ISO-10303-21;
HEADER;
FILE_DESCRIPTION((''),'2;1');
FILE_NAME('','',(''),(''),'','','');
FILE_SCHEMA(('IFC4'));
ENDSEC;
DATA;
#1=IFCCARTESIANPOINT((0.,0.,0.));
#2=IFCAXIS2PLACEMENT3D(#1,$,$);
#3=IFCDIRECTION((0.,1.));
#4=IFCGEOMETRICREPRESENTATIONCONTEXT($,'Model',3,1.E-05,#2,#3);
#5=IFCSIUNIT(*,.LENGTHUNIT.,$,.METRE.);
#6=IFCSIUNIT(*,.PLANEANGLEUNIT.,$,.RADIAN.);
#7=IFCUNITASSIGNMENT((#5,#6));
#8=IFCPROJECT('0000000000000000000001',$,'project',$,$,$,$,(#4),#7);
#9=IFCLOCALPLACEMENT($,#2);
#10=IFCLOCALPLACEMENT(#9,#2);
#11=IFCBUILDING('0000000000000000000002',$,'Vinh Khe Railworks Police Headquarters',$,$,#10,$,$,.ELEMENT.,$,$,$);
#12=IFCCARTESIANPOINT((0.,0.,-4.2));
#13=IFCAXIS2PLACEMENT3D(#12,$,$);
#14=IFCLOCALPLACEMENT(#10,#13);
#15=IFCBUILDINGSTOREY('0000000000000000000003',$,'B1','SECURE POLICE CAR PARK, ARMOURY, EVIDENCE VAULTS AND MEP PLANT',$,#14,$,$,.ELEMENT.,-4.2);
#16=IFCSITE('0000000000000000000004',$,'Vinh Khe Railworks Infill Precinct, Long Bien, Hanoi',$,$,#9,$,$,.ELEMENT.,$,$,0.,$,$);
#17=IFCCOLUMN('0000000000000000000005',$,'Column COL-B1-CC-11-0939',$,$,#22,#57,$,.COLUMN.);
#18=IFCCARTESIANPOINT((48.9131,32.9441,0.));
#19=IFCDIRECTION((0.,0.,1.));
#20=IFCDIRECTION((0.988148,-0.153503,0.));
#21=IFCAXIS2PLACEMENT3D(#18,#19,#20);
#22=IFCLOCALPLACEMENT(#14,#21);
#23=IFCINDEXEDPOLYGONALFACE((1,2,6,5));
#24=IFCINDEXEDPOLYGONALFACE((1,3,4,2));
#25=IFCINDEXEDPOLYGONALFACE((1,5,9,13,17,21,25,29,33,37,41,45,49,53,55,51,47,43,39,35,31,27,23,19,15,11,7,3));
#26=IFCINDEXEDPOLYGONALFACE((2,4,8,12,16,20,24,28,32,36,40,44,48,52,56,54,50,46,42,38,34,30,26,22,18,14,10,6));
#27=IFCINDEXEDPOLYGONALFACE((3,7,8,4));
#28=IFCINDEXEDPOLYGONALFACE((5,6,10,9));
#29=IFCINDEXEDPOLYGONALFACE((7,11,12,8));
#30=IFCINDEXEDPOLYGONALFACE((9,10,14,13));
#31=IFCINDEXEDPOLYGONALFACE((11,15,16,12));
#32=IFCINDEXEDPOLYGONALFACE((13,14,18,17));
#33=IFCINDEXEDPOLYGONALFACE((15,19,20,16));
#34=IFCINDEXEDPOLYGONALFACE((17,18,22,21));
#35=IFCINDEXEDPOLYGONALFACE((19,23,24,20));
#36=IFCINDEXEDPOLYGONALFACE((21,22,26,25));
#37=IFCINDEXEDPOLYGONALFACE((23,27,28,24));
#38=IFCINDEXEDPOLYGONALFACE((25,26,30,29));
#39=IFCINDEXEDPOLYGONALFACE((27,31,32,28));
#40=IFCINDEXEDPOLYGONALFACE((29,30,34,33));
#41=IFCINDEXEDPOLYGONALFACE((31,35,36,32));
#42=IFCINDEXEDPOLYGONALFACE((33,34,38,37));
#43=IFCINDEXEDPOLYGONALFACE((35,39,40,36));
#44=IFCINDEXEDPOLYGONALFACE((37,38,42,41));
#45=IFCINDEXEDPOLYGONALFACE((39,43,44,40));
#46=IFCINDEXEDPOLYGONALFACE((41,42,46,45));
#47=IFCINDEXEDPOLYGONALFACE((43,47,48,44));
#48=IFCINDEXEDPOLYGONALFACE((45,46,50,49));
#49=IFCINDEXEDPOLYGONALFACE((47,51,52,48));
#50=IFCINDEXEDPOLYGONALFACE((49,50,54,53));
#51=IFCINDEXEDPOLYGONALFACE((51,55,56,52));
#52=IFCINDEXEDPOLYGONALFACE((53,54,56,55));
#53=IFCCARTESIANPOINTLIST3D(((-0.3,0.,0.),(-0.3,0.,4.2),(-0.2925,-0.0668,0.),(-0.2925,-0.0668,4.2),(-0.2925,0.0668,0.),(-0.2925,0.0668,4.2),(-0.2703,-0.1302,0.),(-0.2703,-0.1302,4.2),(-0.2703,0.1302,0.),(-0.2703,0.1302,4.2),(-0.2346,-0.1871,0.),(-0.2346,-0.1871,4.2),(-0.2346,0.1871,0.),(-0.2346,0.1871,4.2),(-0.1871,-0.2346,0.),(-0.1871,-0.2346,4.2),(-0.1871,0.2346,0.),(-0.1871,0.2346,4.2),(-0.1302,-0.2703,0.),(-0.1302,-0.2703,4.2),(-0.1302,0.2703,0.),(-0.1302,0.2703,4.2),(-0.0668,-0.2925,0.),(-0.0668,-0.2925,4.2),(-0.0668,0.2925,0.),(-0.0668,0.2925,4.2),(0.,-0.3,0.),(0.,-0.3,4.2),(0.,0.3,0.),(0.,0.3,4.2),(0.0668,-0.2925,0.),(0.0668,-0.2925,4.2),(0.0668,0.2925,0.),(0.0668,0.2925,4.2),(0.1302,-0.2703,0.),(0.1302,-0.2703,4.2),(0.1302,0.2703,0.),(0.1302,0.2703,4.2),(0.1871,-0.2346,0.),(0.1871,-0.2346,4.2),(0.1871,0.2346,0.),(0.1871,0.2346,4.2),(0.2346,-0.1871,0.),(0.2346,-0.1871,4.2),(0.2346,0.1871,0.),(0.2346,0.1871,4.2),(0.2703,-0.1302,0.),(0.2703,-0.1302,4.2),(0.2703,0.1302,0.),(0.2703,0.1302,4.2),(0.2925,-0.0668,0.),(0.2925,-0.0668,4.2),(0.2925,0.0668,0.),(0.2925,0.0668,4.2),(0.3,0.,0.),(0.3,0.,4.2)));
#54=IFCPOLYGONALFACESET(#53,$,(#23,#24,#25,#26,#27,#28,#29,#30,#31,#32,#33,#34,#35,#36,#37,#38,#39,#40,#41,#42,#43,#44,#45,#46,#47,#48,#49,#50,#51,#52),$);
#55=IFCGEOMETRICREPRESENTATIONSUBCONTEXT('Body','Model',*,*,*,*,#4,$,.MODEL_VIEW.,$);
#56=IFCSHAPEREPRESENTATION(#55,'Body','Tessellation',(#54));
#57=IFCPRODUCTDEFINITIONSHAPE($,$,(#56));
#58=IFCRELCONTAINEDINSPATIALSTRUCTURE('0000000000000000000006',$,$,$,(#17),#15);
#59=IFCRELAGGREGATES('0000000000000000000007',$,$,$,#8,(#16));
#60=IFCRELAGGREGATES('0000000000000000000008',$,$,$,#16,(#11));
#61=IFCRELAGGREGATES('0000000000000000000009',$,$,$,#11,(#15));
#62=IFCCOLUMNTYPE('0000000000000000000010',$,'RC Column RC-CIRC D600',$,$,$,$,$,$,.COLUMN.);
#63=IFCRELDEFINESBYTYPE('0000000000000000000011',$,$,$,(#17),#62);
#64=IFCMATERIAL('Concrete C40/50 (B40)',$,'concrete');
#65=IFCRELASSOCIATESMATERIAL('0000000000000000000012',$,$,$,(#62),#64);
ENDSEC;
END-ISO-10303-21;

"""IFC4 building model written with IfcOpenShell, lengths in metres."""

from ifc_helpers import new_model, si_unit, direction, frame, origin, origin_2d, place, context, subcontext, project, spatial, circle, extrude, material, material_profile, profile_set, type_object, element, save


model = new_model("IFC4")

# Units and contexts
model_context = context("Model", 3, precision=1e-05, world=origin(), true_north=direction((0.0, 1.0)))
body_context = subcontext(model_context, "Body", "Model", "MODEL_VIEW")
ifc_project = project(units=[si_unit("LENGTHUNIT", "METRE"), si_unit("PLANEANGLEUNIT", "RADIAN")], contexts=[model_context])

# Site, building, storey
site_placement = place(None, origin())
site = spatial("IfcSite", under=ifc_project, at=site_placement, Name="Vinh Khe Railworks Infill Precinct, Long Bien, Hanoi", CompositionType="ELEMENT", RefElevation=0.0)
building_placement = place(site_placement, origin())
building = spatial("IfcBuilding", under=site, at=building_placement, Name="Vinh Khe Railworks Police Headquarters", CompositionType="ELEMENT")
storey_placement = place(building_placement, frame((0.0, 0.0, -4.2)))
storey = spatial("IfcBuildingStorey", under=building, at=storey_placement, Name="B1", Description="SECURE POLICE CAR PARK, ARMOURY, EVIDENCE VAULTS AND MEP PLANT", CompositionType="ELEMENT", Elevation=-4.2)

# Column
ifc_material_1 = material(Name="Concrete C40/50 (B40)", Category="concrete")
ifc_material_profile_1 = material_profile(ifc_material_1, circle(Radius=0.3, at=origin_2d()), Name="RC-CIRC D600")
ifc_profile_set_1 = profile_set([ifc_material_profile_1], Name="Concrete C40/50 (B40)")
column_type_1 = type_object("IfcColumnType", Name="RC Column RC-CIRC D600", PredefinedType="COLUMN", material=ifc_profile_set_1)
for number, where, z_axis, x_axis, name in (
    (1, (48.9131, 32.9441, 0.0), (0.0, 0.0, 1.0), (0.988148, -0.153503, 0.0), "Column COL-B1-CC-11-0939"),
):
    element("IfcColumn", number, at=place(storey_placement, frame(where, z_axis=z_axis, x_axis=x_axis)), inside=storey, type_object=column_type_1, Name=name, PredefinedType="COLUMN", context=body_context, shape_type="SweptSolid", body=[
        extrude(circle(Radius=0.3, at=origin_2d()), origin(), (0.0, 0.0, 1.0), 4.2),
    ])

save(model, "model.ifc")
